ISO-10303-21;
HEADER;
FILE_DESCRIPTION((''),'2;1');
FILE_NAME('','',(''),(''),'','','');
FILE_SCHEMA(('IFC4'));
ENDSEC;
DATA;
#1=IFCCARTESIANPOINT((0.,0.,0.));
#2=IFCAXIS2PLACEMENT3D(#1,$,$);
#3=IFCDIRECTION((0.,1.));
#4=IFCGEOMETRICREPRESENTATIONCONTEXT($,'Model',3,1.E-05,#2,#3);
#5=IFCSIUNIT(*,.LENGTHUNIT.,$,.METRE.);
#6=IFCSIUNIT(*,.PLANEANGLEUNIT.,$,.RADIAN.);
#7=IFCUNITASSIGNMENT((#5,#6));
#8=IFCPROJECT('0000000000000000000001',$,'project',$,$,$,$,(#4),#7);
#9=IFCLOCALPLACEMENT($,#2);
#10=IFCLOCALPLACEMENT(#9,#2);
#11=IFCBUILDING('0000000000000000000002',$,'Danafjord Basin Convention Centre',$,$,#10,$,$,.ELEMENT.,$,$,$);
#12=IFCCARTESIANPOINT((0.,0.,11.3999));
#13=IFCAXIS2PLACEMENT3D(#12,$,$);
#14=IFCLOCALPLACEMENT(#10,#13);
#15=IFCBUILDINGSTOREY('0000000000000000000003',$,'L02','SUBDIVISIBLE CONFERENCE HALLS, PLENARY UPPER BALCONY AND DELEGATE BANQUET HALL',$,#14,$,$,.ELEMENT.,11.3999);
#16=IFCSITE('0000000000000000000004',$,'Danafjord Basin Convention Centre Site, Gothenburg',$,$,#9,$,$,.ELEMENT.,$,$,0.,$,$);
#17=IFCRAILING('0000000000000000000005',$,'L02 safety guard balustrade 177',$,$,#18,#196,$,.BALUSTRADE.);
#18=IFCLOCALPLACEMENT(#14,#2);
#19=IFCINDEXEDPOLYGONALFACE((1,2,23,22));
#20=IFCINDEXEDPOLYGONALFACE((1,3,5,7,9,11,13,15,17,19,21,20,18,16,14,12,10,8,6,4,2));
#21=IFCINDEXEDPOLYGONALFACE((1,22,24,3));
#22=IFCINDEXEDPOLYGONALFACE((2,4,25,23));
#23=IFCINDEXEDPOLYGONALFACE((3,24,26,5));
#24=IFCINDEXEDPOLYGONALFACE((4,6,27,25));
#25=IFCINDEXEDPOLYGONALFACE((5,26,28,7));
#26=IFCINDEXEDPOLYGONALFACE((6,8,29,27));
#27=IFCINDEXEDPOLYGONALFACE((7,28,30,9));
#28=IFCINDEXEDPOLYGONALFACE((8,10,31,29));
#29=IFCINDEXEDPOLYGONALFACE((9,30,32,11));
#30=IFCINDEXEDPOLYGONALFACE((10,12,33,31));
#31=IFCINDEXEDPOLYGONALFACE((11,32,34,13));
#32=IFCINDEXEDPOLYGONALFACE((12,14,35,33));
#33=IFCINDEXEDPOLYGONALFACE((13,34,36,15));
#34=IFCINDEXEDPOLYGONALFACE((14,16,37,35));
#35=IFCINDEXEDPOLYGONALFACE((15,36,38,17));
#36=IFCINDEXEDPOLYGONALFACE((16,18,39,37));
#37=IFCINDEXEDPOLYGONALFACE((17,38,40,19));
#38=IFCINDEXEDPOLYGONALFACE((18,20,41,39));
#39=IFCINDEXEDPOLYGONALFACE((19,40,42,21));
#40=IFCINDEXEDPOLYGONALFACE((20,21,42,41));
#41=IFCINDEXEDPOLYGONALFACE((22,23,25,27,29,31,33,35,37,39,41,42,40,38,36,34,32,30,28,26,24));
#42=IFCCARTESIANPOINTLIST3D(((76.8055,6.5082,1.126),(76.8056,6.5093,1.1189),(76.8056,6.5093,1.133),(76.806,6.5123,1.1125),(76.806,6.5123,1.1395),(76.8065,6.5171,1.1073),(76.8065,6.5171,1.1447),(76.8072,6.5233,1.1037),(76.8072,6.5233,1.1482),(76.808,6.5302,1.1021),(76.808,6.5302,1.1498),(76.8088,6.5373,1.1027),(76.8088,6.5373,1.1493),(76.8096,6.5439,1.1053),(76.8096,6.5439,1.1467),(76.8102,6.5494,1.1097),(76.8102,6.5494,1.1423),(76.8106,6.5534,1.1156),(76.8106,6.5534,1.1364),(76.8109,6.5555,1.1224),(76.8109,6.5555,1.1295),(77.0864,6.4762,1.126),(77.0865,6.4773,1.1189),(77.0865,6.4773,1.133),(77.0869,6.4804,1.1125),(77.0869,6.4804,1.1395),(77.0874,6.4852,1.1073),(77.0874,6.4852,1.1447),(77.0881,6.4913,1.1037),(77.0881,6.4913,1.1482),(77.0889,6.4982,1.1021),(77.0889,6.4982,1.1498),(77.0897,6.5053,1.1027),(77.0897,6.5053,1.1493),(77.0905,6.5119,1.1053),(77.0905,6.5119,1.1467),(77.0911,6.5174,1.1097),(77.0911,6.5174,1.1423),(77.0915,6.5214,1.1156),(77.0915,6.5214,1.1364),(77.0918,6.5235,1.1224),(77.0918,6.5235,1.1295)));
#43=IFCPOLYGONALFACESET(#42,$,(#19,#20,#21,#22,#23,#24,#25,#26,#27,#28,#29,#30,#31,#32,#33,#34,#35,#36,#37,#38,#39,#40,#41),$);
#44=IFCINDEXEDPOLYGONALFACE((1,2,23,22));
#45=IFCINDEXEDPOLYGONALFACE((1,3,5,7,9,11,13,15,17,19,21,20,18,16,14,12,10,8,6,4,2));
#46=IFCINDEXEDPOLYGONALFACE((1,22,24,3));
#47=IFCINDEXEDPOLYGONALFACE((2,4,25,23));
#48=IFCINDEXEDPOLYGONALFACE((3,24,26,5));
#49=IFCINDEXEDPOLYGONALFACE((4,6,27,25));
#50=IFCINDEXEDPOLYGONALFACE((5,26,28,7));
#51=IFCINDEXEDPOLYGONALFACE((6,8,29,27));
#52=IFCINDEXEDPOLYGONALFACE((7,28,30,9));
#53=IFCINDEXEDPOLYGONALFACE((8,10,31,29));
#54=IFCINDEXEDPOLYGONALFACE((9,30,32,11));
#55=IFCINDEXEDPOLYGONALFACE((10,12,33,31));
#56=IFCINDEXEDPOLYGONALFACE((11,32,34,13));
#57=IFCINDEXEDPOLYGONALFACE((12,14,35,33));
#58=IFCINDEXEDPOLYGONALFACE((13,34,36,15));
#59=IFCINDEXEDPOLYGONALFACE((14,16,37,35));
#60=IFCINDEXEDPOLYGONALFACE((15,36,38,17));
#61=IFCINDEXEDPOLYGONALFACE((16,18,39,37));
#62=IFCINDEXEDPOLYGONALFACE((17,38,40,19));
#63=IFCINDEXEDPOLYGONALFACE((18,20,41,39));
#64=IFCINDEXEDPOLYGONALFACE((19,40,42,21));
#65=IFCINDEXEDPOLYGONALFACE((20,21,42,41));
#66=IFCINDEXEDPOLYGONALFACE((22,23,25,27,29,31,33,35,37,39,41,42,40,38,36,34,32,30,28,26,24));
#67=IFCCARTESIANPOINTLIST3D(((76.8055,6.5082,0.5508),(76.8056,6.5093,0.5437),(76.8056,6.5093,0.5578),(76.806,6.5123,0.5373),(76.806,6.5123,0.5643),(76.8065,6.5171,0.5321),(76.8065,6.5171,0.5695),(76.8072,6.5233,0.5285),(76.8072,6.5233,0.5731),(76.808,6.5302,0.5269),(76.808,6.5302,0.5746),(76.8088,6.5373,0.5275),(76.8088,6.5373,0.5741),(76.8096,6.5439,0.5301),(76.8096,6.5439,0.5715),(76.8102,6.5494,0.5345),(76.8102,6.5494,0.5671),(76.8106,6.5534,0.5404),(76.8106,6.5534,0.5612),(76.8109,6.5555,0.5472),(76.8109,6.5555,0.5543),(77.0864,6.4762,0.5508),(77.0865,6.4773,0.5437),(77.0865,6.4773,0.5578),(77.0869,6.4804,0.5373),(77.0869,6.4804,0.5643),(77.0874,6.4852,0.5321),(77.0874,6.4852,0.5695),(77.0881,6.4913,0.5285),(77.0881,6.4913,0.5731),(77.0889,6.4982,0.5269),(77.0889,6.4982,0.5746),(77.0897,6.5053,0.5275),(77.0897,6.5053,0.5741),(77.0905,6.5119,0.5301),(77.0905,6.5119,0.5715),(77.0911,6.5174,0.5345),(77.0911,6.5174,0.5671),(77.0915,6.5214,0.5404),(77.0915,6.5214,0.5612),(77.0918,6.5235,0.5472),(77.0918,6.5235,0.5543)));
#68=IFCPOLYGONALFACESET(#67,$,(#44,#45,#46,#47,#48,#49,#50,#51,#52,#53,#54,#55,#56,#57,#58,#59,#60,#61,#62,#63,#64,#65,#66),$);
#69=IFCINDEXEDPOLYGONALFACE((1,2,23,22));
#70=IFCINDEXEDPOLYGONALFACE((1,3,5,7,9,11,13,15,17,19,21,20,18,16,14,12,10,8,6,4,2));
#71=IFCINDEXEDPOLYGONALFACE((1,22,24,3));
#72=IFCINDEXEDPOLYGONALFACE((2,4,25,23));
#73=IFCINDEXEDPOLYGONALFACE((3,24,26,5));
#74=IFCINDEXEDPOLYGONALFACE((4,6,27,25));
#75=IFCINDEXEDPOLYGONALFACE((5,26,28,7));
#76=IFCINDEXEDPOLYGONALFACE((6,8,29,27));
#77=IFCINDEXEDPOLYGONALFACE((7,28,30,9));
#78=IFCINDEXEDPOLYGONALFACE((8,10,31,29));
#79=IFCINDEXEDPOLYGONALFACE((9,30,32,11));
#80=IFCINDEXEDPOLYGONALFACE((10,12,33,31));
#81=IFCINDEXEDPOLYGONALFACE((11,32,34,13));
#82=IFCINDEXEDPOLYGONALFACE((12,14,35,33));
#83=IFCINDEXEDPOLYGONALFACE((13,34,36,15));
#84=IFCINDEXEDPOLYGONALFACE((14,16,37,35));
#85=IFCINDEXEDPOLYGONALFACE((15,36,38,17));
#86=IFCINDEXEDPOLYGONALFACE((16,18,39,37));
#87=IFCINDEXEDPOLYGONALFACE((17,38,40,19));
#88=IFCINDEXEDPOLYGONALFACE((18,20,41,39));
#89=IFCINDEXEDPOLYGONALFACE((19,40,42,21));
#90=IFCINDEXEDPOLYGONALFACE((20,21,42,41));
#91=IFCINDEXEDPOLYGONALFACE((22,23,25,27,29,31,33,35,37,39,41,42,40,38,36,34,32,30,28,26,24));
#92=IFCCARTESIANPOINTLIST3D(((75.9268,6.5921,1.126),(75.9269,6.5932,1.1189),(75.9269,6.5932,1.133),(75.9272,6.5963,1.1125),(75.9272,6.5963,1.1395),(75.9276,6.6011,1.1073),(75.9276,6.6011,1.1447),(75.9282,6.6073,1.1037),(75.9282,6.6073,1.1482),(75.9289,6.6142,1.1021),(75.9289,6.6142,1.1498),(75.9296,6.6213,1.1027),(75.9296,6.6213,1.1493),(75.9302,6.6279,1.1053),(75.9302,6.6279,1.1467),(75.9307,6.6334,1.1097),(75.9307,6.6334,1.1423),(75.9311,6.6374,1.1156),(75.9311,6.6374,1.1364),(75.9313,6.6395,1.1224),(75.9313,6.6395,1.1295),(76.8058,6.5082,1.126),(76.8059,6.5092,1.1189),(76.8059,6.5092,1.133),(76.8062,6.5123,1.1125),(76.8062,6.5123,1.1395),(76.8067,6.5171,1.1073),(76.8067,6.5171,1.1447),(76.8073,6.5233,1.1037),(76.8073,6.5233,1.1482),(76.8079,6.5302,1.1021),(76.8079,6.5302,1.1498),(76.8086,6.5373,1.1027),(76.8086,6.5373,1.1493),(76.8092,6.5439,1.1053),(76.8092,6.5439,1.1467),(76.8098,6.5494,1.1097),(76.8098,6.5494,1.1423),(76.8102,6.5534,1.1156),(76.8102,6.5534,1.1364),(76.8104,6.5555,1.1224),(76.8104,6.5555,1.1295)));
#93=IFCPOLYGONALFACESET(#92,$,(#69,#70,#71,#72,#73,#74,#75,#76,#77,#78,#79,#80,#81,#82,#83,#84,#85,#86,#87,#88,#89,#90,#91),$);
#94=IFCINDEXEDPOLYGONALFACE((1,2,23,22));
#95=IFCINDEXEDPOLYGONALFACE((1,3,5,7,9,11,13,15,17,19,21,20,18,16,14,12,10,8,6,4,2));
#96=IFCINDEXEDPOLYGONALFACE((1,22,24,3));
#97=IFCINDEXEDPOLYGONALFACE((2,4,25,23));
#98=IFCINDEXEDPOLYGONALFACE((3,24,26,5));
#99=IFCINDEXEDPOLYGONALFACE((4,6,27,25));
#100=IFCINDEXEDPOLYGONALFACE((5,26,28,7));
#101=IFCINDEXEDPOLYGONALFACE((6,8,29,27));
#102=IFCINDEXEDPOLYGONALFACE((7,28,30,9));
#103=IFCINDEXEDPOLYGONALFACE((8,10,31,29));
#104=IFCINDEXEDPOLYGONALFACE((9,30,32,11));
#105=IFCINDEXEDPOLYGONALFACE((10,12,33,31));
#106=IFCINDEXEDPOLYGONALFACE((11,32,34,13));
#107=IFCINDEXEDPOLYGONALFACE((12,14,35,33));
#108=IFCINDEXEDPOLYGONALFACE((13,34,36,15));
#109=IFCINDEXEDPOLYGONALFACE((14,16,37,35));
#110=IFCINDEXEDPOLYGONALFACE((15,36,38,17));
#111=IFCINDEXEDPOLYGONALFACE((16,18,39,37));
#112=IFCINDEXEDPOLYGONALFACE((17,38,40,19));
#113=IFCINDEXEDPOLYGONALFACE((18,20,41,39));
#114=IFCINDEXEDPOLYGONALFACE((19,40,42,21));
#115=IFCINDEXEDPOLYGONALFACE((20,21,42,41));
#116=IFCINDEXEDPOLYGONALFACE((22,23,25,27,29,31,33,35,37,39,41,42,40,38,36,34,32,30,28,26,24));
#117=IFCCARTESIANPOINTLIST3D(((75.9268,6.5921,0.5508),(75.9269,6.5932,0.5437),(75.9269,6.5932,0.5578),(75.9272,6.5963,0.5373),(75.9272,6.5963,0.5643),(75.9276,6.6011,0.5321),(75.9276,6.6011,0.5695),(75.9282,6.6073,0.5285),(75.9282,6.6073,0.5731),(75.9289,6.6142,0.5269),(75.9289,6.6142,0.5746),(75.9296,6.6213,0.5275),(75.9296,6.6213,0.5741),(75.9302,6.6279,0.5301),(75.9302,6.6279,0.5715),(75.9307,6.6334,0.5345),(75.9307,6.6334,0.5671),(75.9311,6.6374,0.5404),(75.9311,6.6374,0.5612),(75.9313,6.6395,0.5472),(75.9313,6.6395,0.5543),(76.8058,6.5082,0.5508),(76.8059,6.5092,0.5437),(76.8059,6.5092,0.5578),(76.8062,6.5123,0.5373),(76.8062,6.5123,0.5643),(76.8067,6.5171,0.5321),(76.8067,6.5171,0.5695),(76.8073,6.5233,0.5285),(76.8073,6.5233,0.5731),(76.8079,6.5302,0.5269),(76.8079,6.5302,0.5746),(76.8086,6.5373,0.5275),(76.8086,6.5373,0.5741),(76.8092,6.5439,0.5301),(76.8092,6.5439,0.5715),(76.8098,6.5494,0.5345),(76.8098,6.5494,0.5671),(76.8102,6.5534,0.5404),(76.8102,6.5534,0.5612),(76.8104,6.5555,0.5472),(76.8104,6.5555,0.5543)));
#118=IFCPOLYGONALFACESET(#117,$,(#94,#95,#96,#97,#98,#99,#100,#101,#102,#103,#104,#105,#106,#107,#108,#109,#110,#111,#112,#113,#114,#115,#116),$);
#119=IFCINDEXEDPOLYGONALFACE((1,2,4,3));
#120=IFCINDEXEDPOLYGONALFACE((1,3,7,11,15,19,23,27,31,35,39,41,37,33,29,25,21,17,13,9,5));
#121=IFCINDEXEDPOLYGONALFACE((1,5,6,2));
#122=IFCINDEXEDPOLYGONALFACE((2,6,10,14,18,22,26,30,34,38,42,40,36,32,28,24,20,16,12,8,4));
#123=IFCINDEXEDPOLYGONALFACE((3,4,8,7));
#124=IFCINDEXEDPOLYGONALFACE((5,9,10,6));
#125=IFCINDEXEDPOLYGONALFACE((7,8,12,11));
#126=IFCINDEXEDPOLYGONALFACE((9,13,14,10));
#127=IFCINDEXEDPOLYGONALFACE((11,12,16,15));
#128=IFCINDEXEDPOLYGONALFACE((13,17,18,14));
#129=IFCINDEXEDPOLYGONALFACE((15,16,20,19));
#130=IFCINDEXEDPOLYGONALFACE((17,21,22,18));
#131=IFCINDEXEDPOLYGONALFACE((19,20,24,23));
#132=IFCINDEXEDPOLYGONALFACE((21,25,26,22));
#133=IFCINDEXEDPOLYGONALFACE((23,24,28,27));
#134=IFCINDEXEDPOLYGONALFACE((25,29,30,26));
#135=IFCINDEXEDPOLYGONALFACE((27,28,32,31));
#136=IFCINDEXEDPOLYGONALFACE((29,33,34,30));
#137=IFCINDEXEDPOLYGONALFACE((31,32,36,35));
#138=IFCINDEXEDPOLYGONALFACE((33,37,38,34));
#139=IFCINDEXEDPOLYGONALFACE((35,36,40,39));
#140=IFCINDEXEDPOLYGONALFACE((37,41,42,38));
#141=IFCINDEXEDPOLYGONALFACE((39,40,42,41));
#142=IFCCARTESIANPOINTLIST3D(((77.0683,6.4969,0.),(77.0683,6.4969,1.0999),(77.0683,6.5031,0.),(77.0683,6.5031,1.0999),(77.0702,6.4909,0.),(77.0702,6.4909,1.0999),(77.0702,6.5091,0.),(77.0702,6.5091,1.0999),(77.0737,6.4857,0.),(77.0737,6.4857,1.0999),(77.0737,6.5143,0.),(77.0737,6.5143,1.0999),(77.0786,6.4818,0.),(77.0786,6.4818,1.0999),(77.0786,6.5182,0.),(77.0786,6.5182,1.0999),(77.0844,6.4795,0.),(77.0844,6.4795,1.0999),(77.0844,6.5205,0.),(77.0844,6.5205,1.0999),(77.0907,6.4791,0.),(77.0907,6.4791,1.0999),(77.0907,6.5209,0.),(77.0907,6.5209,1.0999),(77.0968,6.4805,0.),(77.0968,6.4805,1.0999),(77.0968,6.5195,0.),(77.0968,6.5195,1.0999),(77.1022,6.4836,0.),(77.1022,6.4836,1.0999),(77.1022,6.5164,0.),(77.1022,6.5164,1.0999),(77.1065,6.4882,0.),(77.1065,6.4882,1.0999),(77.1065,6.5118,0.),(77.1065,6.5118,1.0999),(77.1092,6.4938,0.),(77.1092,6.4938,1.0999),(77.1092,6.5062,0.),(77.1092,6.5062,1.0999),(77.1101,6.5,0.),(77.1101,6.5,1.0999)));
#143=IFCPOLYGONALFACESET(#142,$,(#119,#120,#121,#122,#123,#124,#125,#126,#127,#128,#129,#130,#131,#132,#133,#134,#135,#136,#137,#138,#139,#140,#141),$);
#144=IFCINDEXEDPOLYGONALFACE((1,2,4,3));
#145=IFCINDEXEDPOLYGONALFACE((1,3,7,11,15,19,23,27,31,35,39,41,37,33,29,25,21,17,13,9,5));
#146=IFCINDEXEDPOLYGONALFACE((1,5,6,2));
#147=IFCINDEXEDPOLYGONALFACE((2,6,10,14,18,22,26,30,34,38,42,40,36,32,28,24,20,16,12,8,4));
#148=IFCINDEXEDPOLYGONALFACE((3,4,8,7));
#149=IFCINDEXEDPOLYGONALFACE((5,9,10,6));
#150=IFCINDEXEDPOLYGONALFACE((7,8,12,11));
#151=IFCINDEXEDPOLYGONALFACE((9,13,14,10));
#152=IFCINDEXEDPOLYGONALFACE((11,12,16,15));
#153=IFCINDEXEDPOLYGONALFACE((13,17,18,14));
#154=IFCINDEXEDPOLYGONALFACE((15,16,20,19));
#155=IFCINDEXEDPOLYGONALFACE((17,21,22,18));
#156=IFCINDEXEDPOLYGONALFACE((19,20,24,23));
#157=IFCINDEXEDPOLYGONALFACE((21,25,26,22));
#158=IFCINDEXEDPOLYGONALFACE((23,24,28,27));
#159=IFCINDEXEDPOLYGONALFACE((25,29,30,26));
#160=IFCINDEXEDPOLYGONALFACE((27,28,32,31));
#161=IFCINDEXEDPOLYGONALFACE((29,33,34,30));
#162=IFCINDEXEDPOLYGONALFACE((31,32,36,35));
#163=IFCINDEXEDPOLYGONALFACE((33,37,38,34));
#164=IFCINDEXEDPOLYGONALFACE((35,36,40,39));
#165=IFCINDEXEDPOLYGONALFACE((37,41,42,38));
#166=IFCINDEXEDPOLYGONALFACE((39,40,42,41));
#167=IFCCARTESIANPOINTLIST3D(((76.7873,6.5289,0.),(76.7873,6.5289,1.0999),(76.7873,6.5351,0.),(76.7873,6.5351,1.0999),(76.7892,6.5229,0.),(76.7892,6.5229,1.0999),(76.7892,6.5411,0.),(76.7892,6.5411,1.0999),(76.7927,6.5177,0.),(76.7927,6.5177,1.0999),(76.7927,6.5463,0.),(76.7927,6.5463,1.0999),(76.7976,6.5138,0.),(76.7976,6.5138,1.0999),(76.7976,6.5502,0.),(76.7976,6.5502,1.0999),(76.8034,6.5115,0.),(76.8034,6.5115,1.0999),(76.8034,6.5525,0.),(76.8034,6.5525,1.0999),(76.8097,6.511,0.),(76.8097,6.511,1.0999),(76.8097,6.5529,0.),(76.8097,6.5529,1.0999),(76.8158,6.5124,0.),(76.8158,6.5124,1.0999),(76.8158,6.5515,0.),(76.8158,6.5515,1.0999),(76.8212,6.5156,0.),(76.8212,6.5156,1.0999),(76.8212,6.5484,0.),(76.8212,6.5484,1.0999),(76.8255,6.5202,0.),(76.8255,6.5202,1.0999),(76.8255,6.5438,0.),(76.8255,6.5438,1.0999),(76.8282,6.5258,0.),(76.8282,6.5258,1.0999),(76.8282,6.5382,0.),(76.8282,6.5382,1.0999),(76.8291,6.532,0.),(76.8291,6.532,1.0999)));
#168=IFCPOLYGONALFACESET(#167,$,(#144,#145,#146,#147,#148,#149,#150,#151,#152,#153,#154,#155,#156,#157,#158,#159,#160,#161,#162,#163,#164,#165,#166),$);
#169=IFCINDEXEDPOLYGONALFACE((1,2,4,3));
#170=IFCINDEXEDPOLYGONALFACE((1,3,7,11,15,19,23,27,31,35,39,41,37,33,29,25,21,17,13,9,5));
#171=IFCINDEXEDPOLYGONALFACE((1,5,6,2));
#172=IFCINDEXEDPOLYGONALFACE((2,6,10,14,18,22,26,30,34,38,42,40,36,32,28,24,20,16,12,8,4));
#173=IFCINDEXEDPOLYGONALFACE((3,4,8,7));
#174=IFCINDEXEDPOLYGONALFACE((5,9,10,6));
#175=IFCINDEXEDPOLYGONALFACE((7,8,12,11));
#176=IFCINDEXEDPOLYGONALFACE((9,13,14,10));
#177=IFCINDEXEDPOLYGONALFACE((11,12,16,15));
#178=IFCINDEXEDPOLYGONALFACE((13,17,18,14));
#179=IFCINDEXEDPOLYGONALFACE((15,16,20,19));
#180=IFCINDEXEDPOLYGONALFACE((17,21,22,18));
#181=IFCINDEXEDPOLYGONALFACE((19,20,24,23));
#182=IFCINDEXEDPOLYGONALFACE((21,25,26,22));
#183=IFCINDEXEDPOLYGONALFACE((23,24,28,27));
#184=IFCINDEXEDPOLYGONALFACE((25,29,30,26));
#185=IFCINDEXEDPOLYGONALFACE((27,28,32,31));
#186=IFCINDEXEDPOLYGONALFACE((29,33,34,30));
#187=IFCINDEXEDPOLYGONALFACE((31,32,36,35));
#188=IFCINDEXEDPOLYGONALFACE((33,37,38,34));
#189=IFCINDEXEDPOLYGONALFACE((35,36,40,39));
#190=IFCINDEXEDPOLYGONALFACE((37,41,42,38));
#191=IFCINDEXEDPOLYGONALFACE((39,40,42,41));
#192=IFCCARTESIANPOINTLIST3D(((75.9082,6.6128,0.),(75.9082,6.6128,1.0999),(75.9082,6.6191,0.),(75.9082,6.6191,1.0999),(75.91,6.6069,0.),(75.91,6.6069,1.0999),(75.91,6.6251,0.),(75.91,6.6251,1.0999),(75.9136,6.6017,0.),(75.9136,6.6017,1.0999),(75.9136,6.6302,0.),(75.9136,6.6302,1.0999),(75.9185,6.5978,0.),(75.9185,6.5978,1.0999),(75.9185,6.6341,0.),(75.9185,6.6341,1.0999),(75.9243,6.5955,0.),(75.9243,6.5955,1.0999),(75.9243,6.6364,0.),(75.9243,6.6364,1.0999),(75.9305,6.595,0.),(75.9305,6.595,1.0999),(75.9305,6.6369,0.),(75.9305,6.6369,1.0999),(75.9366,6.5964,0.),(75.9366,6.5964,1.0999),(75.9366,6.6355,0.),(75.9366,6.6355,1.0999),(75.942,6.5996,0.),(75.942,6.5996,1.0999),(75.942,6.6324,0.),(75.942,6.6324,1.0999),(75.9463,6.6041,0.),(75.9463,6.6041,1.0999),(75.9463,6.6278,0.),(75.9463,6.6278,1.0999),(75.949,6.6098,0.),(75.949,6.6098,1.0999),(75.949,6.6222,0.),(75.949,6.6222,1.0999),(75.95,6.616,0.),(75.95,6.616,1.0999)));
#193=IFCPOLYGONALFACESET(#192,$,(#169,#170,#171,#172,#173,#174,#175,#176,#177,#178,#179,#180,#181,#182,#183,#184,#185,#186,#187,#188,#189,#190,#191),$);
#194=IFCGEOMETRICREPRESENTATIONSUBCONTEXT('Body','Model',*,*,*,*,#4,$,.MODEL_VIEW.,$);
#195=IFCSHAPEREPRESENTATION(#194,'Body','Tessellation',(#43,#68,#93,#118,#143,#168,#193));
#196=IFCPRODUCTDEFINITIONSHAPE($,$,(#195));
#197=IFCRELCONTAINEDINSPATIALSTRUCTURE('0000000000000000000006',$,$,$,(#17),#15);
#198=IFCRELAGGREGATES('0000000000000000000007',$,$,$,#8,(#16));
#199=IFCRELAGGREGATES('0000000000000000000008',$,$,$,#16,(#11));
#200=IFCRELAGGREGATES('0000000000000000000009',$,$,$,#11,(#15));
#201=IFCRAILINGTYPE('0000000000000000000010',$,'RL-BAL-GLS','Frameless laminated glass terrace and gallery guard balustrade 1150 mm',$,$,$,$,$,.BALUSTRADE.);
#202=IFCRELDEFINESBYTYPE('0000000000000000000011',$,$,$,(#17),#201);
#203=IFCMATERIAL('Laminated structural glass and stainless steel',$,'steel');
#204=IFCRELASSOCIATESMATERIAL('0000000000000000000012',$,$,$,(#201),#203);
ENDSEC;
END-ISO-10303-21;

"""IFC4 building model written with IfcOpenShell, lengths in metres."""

from ifc_helpers import new_model, si_unit, direction, frame, origin, origin_2d, place, context, subcontext, project, spatial, circle, extrude, material, type_object, element, save


model = new_model("IFC4")

# Units and contexts
model_context = context("Model", 3, precision=1e-05, world=origin(), true_north=direction((0.0, 1.0)))
body_context = subcontext(model_context, "Body", "Model", "MODEL_VIEW")
ifc_project = project(units=[si_unit("LENGTHUNIT", "METRE"), si_unit("PLANEANGLEUNIT", "RADIAN")], contexts=[model_context])

# Site, building, storey
site_placement = place(None, origin())
site = spatial("IfcSite", under=ifc_project, at=site_placement, Name="Danafjord Basin Convention Centre Site, Gothenburg", CompositionType="ELEMENT", RefElevation=0.0)
building_placement = place(site_placement, origin())
building = spatial("IfcBuilding", under=site, at=building_placement, Name="Danafjord Basin Convention Centre", CompositionType="ELEMENT")
storey_placement = place(building_placement, frame((0.0, 0.0, 11.3999)))
storey = spatial("IfcBuildingStorey", under=building, at=storey_placement, Name="L02", Description="SUBDIVISIBLE CONFERENCE HALLS, PLENARY UPPER BALCONY AND DELEGATE BANQUET HALL", CompositionType="ELEMENT", Elevation=11.3999)

# Railing
ifc_material_1 = material(Name="Laminated structural glass and stainless steel", Category="steel")
railing_type_1 = type_object("IfcRailingType", Name="RL-BAL-GLS", Description="Frameless laminated glass terrace and gallery guard balustrade 1150 mm", PredefinedType="BALUSTRADE", material=ifc_material_1)
railing_1_placement = place(storey_placement, frame((77.0891, 6.5, 0.0)))
element("IfcRailing", 1, at=railing_1_placement, inside=storey, type_object=railing_type_1, Name="L02 safety guard balustrade 177", PredefinedType="BALUSTRADE", context=body_context, shape_type="SweptSolid", body=[
    extrude(circle(Radius=0.0239, at=origin_2d()), frame((0.0, 0.0, 1.126), z_axis=(-0.993585, 0.113084, 0.0), x_axis=(-0.113084, -0.993585, 0.0)), (0.0, 0.0, 1.0), 0.2827),
    extrude(circle(Radius=0.0239, at=origin_2d()), frame((0.0, 0.0, 0.5508), z_axis=(-0.993585, 0.113084, 0.0), x_axis=(-0.113084, -0.993585, 0.0)), (0.0, 0.0, 1.0), 0.2827),
    extrude(circle(Radius=0.0239, at=origin_2d()), frame((-0.281, 0.032, 1.126), z_axis=(-0.995468, 0.095096, 0.0), x_axis=(-0.095096, -0.995468, 0.0)), (0.0, 0.0, 1.0), 0.8831),
    extrude(circle(Radius=0.0239, at=origin_2d()), frame((-0.281, 0.032, 0.5508), z_axis=(-0.995468, 0.095096, 0.0), x_axis=(-0.095096, -0.995468, 0.0)), (0.0, 0.0, 1.0), 0.8831),
    extrude(circle(Radius=0.021, at=origin_2d()), origin(), (0.0, 0.0, 1.0), 1.0999),
    extrude(circle(Radius=0.021, at=origin_2d()), frame((-0.281, 0.032, 0.0)), (0.0, 0.0, 1.0), 1.0999),
    extrude(circle(Radius=0.021, at=origin_2d()), frame((-1.1602, 0.116, 0.0)), (0.0, 0.0, 1.0), 1.0999),
])

save(model, "model.ifc")
